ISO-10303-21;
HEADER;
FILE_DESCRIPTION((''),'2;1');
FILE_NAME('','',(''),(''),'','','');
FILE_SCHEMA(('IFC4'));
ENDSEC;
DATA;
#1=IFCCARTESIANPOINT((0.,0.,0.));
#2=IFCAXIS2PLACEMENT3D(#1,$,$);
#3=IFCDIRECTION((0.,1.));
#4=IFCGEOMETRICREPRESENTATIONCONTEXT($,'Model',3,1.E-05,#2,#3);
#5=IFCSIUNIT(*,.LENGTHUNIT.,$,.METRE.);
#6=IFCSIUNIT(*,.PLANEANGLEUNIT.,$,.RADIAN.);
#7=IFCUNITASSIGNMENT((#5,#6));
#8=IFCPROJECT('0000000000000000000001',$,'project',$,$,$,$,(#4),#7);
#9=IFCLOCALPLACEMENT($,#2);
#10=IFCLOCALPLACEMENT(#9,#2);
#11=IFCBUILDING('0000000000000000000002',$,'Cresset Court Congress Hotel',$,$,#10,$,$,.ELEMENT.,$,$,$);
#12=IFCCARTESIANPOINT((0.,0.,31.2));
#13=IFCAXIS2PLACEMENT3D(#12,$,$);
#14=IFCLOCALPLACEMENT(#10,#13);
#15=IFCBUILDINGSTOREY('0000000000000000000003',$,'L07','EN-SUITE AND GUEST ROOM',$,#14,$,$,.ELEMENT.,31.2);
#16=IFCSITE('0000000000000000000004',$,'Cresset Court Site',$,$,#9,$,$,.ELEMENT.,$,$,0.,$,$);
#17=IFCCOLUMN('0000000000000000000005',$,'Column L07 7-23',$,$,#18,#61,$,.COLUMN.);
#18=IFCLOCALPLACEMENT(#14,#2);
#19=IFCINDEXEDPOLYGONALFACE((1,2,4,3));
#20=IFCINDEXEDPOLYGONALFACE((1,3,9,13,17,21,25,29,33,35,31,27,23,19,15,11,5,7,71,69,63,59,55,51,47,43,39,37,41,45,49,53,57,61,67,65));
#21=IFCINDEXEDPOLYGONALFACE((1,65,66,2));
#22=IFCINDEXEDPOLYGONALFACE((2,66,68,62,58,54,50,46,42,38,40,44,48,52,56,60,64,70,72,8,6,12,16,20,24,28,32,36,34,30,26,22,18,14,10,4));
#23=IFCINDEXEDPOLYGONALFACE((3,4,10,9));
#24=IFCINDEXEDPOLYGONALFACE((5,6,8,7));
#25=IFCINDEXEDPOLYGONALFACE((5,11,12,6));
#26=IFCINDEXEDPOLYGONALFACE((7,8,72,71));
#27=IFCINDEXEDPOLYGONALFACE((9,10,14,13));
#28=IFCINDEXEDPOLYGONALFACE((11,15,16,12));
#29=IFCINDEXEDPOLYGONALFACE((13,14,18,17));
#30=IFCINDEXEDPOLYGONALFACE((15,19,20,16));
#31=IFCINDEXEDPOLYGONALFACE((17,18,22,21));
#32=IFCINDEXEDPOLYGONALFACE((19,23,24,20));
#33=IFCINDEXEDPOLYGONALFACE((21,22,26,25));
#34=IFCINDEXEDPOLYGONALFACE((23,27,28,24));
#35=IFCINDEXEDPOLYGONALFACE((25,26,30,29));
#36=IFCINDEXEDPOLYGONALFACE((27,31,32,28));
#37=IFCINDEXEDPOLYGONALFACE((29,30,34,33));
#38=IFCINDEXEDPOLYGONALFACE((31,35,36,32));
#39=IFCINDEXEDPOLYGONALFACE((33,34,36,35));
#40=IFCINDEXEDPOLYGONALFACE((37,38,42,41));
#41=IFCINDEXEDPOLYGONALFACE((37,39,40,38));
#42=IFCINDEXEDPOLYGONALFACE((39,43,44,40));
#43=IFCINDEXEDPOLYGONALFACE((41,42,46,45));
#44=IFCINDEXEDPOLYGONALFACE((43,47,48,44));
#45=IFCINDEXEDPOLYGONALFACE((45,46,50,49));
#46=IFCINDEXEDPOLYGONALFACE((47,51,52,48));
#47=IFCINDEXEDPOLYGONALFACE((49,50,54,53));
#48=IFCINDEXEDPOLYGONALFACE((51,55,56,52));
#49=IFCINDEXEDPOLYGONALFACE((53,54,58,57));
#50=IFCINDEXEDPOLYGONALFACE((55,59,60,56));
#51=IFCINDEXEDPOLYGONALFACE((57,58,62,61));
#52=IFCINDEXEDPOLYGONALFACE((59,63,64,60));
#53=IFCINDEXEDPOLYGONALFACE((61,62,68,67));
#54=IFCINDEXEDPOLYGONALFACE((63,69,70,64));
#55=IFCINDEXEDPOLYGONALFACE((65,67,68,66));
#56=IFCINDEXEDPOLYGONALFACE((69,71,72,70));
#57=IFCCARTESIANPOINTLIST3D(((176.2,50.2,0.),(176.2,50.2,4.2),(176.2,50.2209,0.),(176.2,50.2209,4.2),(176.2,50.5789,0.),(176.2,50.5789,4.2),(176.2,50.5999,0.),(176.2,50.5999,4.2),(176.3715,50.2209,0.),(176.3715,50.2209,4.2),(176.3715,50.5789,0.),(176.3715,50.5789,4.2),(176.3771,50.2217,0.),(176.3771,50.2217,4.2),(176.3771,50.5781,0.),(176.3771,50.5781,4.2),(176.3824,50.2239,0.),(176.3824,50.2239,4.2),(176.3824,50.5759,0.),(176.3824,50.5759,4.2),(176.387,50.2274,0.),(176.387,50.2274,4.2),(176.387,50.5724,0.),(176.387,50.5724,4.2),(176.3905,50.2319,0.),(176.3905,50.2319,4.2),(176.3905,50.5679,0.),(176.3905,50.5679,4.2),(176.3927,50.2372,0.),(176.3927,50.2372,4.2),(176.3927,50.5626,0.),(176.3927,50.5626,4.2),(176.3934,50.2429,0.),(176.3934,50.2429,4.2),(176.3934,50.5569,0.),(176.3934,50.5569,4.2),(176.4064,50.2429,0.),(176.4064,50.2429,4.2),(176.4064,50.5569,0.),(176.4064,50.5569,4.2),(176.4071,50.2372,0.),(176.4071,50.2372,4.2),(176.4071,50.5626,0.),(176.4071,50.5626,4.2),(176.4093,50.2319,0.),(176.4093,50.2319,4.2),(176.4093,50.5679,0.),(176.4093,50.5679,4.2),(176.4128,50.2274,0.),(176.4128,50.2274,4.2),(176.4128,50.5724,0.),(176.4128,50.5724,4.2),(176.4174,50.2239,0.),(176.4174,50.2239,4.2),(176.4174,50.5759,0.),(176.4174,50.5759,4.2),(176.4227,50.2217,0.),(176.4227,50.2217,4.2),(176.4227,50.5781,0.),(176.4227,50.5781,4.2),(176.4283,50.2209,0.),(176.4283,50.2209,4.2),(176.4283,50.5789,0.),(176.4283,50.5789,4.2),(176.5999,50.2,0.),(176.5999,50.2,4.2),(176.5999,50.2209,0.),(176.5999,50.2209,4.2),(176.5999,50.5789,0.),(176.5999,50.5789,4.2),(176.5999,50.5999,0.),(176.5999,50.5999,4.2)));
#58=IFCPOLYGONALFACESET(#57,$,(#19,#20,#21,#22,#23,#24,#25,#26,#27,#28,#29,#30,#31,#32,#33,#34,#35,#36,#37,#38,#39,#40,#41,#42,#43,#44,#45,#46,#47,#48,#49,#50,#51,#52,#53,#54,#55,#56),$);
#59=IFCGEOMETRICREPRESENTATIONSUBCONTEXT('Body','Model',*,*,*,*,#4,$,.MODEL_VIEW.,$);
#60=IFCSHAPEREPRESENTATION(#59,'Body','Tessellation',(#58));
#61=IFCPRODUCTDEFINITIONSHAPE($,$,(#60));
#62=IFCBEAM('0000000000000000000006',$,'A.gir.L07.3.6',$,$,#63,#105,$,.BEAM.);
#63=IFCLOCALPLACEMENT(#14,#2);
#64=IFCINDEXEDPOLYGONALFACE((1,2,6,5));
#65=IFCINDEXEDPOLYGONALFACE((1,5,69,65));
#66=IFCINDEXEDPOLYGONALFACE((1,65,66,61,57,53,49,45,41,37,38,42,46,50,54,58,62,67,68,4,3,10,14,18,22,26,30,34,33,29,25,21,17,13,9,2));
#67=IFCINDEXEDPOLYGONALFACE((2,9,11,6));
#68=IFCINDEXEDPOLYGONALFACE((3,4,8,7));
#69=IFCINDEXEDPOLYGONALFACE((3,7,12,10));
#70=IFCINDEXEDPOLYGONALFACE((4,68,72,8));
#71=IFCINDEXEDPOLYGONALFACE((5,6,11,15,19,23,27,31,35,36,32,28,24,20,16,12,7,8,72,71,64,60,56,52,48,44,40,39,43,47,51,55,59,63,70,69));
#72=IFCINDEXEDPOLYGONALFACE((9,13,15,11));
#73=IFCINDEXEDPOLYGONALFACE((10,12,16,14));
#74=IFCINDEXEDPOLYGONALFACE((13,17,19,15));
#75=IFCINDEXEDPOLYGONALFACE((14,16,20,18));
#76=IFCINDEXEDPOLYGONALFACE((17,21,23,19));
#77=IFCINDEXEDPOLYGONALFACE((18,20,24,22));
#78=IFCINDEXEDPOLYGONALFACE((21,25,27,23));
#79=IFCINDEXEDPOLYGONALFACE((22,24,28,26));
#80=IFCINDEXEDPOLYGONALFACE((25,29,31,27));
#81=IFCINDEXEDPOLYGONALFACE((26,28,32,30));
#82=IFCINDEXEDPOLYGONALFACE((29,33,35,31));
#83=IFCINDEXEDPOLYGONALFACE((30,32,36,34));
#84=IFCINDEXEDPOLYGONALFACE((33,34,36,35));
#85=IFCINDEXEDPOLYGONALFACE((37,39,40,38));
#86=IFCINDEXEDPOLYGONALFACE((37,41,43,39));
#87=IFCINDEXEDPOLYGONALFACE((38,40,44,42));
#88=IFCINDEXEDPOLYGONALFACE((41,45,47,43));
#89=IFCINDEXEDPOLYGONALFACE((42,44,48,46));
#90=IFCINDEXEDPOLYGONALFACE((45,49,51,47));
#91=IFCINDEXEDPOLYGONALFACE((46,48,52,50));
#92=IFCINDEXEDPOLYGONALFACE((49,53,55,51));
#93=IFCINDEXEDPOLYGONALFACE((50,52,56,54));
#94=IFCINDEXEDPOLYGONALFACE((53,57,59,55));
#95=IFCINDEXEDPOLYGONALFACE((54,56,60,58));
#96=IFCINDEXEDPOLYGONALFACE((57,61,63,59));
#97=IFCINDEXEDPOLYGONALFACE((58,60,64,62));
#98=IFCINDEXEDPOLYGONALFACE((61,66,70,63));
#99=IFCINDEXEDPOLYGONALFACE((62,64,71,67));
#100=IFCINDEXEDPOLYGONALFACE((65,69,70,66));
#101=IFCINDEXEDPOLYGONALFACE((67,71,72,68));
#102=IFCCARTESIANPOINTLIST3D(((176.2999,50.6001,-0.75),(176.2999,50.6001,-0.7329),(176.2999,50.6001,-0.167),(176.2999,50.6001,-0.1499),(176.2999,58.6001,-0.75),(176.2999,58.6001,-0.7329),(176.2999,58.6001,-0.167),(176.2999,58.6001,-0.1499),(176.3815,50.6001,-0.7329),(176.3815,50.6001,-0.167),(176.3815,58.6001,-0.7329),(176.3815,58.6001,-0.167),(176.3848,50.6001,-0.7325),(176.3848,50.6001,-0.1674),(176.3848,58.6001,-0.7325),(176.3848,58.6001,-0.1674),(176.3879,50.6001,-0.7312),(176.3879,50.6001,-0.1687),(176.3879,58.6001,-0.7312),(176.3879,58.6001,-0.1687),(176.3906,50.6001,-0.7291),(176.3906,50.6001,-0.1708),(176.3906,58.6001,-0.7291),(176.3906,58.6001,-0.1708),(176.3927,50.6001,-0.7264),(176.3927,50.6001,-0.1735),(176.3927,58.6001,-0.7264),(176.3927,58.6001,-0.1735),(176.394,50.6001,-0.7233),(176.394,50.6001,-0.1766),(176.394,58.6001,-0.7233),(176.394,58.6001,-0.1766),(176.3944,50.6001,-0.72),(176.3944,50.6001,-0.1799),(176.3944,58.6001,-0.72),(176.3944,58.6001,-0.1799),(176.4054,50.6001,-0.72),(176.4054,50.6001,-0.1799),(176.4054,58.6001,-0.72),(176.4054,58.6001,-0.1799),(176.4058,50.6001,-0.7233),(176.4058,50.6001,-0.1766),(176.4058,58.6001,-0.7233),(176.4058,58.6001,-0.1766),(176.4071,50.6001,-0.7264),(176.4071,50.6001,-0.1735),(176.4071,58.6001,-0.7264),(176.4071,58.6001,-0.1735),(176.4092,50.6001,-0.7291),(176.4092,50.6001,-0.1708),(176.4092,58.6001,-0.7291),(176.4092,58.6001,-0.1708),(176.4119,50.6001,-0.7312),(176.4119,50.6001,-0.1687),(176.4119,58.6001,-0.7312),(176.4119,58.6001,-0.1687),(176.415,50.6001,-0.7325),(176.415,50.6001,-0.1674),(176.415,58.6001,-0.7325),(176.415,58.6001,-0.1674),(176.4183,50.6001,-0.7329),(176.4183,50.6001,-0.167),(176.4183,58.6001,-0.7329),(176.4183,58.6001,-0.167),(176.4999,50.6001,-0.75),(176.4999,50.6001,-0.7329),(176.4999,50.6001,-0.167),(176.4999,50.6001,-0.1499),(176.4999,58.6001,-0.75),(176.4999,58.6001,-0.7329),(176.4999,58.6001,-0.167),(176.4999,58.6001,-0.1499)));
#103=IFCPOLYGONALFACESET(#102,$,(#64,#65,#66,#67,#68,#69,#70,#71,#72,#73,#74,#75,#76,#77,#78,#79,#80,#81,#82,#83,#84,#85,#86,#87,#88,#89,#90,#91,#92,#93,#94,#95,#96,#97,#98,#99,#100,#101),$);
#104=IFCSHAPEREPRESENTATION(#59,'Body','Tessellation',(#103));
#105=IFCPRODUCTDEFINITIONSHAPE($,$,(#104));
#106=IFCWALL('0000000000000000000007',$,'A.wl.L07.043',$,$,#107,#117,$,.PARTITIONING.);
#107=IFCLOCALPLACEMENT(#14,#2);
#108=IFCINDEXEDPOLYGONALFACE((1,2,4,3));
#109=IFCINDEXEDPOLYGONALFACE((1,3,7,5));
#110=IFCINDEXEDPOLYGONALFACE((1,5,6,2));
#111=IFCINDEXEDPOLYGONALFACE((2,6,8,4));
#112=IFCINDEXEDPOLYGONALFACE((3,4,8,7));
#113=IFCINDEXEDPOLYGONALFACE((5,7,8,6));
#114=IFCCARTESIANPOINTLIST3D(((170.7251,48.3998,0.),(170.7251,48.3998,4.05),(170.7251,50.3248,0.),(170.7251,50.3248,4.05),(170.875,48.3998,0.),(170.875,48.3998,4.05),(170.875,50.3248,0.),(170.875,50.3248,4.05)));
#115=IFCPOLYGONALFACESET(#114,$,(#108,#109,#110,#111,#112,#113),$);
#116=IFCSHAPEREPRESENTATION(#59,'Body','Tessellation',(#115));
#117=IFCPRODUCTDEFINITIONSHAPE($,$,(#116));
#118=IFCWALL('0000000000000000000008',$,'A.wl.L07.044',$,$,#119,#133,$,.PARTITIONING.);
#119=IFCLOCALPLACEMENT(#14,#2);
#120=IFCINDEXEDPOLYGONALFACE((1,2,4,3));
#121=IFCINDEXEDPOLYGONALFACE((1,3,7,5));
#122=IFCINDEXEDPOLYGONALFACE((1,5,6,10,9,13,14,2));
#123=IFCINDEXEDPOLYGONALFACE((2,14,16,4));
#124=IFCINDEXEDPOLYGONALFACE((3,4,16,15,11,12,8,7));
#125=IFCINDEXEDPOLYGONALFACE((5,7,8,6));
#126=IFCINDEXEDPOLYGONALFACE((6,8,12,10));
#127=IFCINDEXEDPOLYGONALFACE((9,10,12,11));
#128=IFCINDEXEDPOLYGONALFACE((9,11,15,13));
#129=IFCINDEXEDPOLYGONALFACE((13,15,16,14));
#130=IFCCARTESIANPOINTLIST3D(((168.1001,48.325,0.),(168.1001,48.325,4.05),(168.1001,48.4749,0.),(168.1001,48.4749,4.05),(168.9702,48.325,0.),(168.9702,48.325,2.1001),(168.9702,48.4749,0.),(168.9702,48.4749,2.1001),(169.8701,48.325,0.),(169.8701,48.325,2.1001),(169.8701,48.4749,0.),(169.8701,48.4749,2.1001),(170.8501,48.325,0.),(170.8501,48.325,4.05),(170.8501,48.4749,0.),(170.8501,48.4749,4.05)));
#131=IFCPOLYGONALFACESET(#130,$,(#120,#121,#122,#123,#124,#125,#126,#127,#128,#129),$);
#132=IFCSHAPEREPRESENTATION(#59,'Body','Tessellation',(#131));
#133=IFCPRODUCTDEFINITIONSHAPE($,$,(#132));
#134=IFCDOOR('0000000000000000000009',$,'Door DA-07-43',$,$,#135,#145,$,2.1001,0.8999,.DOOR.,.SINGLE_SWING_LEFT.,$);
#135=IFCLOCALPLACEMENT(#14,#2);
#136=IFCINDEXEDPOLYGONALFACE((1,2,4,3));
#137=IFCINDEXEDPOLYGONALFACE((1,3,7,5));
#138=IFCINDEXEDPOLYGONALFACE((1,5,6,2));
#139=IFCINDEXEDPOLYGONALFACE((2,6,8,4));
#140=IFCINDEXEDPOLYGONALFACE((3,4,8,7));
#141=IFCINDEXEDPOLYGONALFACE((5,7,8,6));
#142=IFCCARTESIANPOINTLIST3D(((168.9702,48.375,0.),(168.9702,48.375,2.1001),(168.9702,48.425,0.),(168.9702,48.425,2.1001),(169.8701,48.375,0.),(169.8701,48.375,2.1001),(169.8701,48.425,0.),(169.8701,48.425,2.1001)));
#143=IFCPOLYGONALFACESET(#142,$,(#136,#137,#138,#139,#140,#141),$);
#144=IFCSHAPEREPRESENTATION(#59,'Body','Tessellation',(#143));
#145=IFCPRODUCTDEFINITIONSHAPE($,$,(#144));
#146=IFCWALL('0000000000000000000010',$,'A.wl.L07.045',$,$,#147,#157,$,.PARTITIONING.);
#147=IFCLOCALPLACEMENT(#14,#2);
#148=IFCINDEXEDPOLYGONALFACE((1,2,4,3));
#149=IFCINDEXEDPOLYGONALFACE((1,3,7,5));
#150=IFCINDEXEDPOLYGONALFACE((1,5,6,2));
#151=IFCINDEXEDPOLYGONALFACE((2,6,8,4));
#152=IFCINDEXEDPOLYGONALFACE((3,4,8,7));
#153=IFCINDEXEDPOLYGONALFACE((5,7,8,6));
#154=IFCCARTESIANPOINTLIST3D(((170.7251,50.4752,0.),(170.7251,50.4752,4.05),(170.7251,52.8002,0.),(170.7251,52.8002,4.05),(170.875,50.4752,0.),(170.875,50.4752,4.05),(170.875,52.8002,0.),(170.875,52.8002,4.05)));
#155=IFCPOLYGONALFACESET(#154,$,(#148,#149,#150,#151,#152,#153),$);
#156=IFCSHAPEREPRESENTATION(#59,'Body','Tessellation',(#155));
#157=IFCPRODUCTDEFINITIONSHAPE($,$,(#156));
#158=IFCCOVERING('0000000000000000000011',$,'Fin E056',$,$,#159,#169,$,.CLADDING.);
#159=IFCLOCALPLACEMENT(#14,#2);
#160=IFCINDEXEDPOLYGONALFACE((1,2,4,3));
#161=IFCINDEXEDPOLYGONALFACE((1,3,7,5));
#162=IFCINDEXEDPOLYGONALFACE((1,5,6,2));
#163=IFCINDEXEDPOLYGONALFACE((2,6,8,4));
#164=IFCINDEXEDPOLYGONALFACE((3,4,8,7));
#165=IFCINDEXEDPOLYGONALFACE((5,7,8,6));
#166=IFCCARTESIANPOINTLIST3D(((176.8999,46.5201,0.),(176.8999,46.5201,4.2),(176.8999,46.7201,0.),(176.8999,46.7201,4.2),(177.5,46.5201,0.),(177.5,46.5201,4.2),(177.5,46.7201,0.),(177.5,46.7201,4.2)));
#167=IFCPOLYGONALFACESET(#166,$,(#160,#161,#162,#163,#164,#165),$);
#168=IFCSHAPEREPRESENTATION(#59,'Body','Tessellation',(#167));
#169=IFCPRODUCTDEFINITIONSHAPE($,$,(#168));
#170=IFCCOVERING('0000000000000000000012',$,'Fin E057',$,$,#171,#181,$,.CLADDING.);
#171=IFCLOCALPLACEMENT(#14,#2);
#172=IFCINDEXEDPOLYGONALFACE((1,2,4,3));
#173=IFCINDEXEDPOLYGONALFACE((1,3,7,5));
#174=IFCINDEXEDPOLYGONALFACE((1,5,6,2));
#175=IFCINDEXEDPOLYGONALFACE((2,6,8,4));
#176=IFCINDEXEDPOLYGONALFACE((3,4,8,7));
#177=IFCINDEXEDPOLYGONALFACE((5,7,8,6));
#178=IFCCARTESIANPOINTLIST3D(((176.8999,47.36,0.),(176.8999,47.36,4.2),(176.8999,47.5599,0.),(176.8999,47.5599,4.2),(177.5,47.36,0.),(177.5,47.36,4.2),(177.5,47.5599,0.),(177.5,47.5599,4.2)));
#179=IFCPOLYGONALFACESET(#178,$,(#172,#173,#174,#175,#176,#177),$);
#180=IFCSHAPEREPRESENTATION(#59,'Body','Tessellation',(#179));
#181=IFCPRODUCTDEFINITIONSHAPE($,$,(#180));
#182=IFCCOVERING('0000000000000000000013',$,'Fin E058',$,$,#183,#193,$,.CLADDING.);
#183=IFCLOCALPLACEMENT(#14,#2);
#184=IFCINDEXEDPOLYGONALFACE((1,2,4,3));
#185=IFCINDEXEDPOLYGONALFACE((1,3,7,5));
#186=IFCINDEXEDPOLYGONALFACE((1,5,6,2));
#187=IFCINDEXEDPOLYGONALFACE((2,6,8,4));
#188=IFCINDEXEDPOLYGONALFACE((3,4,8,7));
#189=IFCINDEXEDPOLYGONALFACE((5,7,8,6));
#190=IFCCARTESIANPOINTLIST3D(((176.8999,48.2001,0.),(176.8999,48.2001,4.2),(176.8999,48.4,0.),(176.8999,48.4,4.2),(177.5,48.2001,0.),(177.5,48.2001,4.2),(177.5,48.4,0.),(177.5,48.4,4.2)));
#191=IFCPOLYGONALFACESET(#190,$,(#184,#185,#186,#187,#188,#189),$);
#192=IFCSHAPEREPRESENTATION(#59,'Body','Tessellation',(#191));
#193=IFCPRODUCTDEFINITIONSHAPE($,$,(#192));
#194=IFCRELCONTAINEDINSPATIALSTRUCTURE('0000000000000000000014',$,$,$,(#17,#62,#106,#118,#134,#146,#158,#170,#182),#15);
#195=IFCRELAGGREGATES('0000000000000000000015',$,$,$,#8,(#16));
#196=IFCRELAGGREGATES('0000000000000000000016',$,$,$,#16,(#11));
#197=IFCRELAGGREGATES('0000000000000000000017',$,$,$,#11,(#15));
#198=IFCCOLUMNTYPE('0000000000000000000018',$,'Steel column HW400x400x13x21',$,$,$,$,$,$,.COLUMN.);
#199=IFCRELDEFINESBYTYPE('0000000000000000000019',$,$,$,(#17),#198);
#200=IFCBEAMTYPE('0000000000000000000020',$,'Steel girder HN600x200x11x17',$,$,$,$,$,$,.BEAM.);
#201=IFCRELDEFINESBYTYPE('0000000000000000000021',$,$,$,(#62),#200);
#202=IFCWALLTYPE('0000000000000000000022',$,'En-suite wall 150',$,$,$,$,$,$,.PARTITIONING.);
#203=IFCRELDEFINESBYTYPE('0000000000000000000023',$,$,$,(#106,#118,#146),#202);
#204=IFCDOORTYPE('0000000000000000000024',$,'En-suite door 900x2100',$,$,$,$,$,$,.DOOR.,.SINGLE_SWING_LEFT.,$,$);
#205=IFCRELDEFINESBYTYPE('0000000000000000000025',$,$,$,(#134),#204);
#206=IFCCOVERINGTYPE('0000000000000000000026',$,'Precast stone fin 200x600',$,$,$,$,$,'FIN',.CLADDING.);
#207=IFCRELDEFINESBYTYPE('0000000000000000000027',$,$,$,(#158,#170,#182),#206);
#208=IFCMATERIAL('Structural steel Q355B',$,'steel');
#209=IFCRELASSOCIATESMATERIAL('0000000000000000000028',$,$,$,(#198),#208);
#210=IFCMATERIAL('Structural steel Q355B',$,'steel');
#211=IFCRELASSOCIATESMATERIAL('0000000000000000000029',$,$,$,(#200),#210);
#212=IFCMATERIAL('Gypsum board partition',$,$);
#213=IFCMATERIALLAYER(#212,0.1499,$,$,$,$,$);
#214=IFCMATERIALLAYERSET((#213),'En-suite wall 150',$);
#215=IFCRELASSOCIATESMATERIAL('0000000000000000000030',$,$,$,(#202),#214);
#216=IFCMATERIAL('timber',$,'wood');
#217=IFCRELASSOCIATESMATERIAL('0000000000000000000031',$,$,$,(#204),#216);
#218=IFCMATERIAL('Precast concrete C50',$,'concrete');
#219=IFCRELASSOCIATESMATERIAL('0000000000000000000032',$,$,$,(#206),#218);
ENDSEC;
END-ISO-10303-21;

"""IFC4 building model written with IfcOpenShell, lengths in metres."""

from ifc_helpers import new_model, si_unit, direction, frame, frame_2d, origin, origin_2d, place, context, subcontext, project, spatial, rectangle, i_section, extrude, material, layer, layer_set, material_profile, profile_set, type_object, element, fill, save


model = new_model("IFC4")

# Units and contexts
model_context = context("Model", 3, precision=1e-05, world=origin(), true_north=direction((0.0, 1.0)))
body_context = subcontext(model_context, "Body", "Model", "MODEL_VIEW")
ifc_project = project(units=[si_unit("LENGTHUNIT", "METRE"), si_unit("PLANEANGLEUNIT", "RADIAN")], contexts=[model_context])

# Site, building, storey
site_placement = place(None, origin())
site = spatial("IfcSite", under=ifc_project, at=site_placement, Name="Cresset Court Site", CompositionType="ELEMENT", RefElevation=0.0)
building_placement = place(site_placement, origin())
building = spatial("IfcBuilding", under=site, at=building_placement, Name="Cresset Court Congress Hotel", CompositionType="ELEMENT")
storey_placement = place(building_placement, frame((0.0, 0.0, 31.2)))
storey = spatial("IfcBuildingStorey", under=building, at=storey_placement, Name="L07", Description="EN-SUITE AND GUEST ROOM", CompositionType="ELEMENT", Elevation=31.2)

# Column
ifc_material_1 = material(Name="Structural steel Q355B", Category="steel")
ifc_material_profile_1 = material_profile(ifc_material_1, i_section(OverallWidth=0.3999, OverallDepth=0.3999, WebThickness=0.0129, FlangeThickness=0.021, FilletRadius=0.022, at=origin_2d()), Name="HW400x400x13x21")
ifc_profile_set_1 = profile_set([ifc_material_profile_1], Name="Structural steel Q355B")
column_type = type_object("IfcColumnType", Name="Steel column HW400x400x13x21", PredefinedType="COLUMN", material=ifc_profile_set_1)
column_placement = place(storey_placement, frame((176.3999, 50.3999, 0.0), z_axis=(0.0, 0.0, 1.0), x_axis=(1.0, 0.0, 0.0)))
element("IfcColumn", 1, at=column_placement, inside=storey, type_object=column_type, Name="Column L07 7-23", PredefinedType="COLUMN", context=body_context, shape_type="SweptSolid", body=[
    extrude(i_section(OverallWidth=0.3999, OverallDepth=0.3999, WebThickness=0.0129, FlangeThickness=0.021, FilletRadius=0.022, at=origin_2d()), origin(), (0.0, 0.0, 1.0), 4.2),
])

# Beam
ifc_material_2 = material(Name="Structural steel Q355B", Category="steel")
ifc_material_profile_2 = material_profile(ifc_material_2, i_section(OverallWidth=0.2, OverallDepth=0.6001, WebThickness=0.011, FlangeThickness=0.0171, FilletRadius=0.0129, at=origin_2d()), Name="HN600x200x11x17")
ifc_profile_set_2 = profile_set([ifc_material_profile_2], Name="Structural steel Q355B")
beam_type = type_object("IfcBeamType", Name="Steel girder HN600x200x11x17", PredefinedType="BEAM", material=ifc_profile_set_2)
beam_placement = place(storey_placement, frame((176.3999, 50.6001, -0.45), z_axis=(0.0, 1.0, 0.0), x_axis=(-1.0, 0.0, 0.0)))
element("IfcBeam", 2, at=beam_placement, inside=storey, type_object=beam_type, Name="A.gir.L07.3.6", PredefinedType="BEAM", context=body_context, shape_type="SweptSolid", body=[
    extrude(i_section(OverallWidth=0.2, OverallDepth=0.6001, WebThickness=0.011, FlangeThickness=0.0171, FilletRadius=0.0129, at=origin_2d()), origin(), (0.0, 0.0, 1.0), 8.0),
])

# Wall
ifc_material_3 = material(Name="Gypsum board partition")
ifc_layer = layer(ifc_material_3, 0.1499)
ifc_layer_set = layer_set([ifc_layer], Name="En-suite wall 150")
wall_type = type_object("IfcWallType", Name="En-suite wall 150", PredefinedType="PARTITIONING", material=ifc_layer_set)
wall_1_placement = place(storey_placement, frame((170.8, 48.3999, 0.0), z_axis=(0.0, 0.0, 1.0), x_axis=(0.0, 1.0, 0.0)))
element("IfcWall", 3, at=wall_1_placement, inside=storey, type_object=wall_type, Name="A.wl.L07.043", PredefinedType="PARTITIONING", context=body_context, shape_type="SweptSolid", body=[
    extrude(rectangle(XDim=1.925, YDim=0.1499, at=frame_2d((0.9624, 0.0))), origin(), (0.0, 0.0, 1.0), 4.05),
])

# Wall, opening, door
wall_2_placement = place(storey_placement, frame((170.8501, 48.3999, 0.0), z_axis=(0.0, 0.0, 1.0), x_axis=(-1.0, 0.0, 0.0)))
wall_2 = element("IfcWall", 4, at=wall_2_placement, inside=storey, type_object=wall_type, Name="A.wl.L07.044", PredefinedType="PARTITIONING", context=body_context, shape_type="SweptSolid", body=[
    extrude(rectangle(XDim=2.75, YDim=0.1499, at=frame_2d((1.375, 0.0))), origin(), (0.0, 0.0, 1.0), 4.05),
])
opening_placement = place(wall_2_placement, frame((0.98, 0.0, 0.0)))
opening = element("IfcOpeningElement", 5, at=opening_placement, cuts=wall_2, PredefinedType="OPENING", context=body_context, shape_type="SweptSolid", body=[
    extrude(rectangle(XDim=0.8999, YDim=2.1001, at=frame_2d((0.45, 1.05))), frame((0.0, 0.085, 0.0), z_axis=(0.0, -1.0, 0.0), x_axis=(1.0, 0.0, 0.0)), (0.0, 0.0, 1.0), 0.1699),
])
ifc_material_4 = material(Name="timber", Category="wood")
door_type = type_object("IfcDoorType", Name="En-suite door 900x2100", OperationType="SINGLE_SWING_LEFT", PredefinedType="DOOR", material=ifc_material_4)
door_placement = place(opening_placement, origin())
door = element("IfcDoor", 6, at=door_placement, inside=storey, type_object=door_type, Name="Door DA-07-43", OperationType="SINGLE_SWING_LEFT", OverallHeight=2.1001, OverallWidth=0.8999, PredefinedType="DOOR", context=body_context, shape_type="SweptSolid", body=[
    extrude(rectangle(XDim=0.8999, YDim=2.1001, at=frame_2d((0.45, 1.05))), frame((0.0, 0.0249, 0.0), z_axis=(0.0, -1.0, 0.0), x_axis=(1.0, 0.0, 0.0)), (0.0, 0.0, 1.0), 0.05),
])
fill(opening, door)

# Wall
wall_3_placement = place(storey_placement, frame((170.8, 50.4751, 0.0), z_axis=(0.0, 0.0, 1.0), x_axis=(0.0, 1.0, 0.0)))
element("IfcWall", 7, at=wall_3_placement, inside=storey, type_object=wall_type, Name="A.wl.L07.045", PredefinedType="PARTITIONING", context=body_context, shape_type="SweptSolid", body=[
    extrude(rectangle(XDim=2.325, YDim=0.1499, at=frame_2d((1.1626, 0.0))), origin(), (0.0, 0.0, 1.0), 4.05),
])

# Coverings
ifc_material_5 = material(Name="Precast concrete C50", Category="concrete")
covering_type_1 = type_object("IfcCoveringType", Name="Precast stone fin 200x600", ElementType="FIN", PredefinedType="CLADDING", material=ifc_material_5)
for number, where, z_axis, x_axis, name in (
    (8, (177.2, 46.6201, 0.0), (0.0, 0.0, 1.0), (1.0, 0.0, 0.0), "Fin E056"),
    (9, (177.2, 47.46, 0.0), (0.0, 0.0, 1.0), (1.0, 0.0, 0.0), "Fin E057"),
    (10, (177.2, 48.3, 0.0), (0.0, 0.0, 1.0), (1.0, 0.0, 0.0), "Fin E058"),
):
    element("IfcCovering", number, at=place(storey_placement, frame(where, z_axis=z_axis, x_axis=x_axis)), inside=storey, type_object=covering_type_1, Name=name, PredefinedType="CLADDING", context=body_context, shape_type="SweptSolid", body=[
        extrude(rectangle(XDim=0.6001, YDim=0.2, at=origin_2d()), origin(), (0.0, 0.0, 1.0), 4.2),
    ])

save(model, "model.ifc")
